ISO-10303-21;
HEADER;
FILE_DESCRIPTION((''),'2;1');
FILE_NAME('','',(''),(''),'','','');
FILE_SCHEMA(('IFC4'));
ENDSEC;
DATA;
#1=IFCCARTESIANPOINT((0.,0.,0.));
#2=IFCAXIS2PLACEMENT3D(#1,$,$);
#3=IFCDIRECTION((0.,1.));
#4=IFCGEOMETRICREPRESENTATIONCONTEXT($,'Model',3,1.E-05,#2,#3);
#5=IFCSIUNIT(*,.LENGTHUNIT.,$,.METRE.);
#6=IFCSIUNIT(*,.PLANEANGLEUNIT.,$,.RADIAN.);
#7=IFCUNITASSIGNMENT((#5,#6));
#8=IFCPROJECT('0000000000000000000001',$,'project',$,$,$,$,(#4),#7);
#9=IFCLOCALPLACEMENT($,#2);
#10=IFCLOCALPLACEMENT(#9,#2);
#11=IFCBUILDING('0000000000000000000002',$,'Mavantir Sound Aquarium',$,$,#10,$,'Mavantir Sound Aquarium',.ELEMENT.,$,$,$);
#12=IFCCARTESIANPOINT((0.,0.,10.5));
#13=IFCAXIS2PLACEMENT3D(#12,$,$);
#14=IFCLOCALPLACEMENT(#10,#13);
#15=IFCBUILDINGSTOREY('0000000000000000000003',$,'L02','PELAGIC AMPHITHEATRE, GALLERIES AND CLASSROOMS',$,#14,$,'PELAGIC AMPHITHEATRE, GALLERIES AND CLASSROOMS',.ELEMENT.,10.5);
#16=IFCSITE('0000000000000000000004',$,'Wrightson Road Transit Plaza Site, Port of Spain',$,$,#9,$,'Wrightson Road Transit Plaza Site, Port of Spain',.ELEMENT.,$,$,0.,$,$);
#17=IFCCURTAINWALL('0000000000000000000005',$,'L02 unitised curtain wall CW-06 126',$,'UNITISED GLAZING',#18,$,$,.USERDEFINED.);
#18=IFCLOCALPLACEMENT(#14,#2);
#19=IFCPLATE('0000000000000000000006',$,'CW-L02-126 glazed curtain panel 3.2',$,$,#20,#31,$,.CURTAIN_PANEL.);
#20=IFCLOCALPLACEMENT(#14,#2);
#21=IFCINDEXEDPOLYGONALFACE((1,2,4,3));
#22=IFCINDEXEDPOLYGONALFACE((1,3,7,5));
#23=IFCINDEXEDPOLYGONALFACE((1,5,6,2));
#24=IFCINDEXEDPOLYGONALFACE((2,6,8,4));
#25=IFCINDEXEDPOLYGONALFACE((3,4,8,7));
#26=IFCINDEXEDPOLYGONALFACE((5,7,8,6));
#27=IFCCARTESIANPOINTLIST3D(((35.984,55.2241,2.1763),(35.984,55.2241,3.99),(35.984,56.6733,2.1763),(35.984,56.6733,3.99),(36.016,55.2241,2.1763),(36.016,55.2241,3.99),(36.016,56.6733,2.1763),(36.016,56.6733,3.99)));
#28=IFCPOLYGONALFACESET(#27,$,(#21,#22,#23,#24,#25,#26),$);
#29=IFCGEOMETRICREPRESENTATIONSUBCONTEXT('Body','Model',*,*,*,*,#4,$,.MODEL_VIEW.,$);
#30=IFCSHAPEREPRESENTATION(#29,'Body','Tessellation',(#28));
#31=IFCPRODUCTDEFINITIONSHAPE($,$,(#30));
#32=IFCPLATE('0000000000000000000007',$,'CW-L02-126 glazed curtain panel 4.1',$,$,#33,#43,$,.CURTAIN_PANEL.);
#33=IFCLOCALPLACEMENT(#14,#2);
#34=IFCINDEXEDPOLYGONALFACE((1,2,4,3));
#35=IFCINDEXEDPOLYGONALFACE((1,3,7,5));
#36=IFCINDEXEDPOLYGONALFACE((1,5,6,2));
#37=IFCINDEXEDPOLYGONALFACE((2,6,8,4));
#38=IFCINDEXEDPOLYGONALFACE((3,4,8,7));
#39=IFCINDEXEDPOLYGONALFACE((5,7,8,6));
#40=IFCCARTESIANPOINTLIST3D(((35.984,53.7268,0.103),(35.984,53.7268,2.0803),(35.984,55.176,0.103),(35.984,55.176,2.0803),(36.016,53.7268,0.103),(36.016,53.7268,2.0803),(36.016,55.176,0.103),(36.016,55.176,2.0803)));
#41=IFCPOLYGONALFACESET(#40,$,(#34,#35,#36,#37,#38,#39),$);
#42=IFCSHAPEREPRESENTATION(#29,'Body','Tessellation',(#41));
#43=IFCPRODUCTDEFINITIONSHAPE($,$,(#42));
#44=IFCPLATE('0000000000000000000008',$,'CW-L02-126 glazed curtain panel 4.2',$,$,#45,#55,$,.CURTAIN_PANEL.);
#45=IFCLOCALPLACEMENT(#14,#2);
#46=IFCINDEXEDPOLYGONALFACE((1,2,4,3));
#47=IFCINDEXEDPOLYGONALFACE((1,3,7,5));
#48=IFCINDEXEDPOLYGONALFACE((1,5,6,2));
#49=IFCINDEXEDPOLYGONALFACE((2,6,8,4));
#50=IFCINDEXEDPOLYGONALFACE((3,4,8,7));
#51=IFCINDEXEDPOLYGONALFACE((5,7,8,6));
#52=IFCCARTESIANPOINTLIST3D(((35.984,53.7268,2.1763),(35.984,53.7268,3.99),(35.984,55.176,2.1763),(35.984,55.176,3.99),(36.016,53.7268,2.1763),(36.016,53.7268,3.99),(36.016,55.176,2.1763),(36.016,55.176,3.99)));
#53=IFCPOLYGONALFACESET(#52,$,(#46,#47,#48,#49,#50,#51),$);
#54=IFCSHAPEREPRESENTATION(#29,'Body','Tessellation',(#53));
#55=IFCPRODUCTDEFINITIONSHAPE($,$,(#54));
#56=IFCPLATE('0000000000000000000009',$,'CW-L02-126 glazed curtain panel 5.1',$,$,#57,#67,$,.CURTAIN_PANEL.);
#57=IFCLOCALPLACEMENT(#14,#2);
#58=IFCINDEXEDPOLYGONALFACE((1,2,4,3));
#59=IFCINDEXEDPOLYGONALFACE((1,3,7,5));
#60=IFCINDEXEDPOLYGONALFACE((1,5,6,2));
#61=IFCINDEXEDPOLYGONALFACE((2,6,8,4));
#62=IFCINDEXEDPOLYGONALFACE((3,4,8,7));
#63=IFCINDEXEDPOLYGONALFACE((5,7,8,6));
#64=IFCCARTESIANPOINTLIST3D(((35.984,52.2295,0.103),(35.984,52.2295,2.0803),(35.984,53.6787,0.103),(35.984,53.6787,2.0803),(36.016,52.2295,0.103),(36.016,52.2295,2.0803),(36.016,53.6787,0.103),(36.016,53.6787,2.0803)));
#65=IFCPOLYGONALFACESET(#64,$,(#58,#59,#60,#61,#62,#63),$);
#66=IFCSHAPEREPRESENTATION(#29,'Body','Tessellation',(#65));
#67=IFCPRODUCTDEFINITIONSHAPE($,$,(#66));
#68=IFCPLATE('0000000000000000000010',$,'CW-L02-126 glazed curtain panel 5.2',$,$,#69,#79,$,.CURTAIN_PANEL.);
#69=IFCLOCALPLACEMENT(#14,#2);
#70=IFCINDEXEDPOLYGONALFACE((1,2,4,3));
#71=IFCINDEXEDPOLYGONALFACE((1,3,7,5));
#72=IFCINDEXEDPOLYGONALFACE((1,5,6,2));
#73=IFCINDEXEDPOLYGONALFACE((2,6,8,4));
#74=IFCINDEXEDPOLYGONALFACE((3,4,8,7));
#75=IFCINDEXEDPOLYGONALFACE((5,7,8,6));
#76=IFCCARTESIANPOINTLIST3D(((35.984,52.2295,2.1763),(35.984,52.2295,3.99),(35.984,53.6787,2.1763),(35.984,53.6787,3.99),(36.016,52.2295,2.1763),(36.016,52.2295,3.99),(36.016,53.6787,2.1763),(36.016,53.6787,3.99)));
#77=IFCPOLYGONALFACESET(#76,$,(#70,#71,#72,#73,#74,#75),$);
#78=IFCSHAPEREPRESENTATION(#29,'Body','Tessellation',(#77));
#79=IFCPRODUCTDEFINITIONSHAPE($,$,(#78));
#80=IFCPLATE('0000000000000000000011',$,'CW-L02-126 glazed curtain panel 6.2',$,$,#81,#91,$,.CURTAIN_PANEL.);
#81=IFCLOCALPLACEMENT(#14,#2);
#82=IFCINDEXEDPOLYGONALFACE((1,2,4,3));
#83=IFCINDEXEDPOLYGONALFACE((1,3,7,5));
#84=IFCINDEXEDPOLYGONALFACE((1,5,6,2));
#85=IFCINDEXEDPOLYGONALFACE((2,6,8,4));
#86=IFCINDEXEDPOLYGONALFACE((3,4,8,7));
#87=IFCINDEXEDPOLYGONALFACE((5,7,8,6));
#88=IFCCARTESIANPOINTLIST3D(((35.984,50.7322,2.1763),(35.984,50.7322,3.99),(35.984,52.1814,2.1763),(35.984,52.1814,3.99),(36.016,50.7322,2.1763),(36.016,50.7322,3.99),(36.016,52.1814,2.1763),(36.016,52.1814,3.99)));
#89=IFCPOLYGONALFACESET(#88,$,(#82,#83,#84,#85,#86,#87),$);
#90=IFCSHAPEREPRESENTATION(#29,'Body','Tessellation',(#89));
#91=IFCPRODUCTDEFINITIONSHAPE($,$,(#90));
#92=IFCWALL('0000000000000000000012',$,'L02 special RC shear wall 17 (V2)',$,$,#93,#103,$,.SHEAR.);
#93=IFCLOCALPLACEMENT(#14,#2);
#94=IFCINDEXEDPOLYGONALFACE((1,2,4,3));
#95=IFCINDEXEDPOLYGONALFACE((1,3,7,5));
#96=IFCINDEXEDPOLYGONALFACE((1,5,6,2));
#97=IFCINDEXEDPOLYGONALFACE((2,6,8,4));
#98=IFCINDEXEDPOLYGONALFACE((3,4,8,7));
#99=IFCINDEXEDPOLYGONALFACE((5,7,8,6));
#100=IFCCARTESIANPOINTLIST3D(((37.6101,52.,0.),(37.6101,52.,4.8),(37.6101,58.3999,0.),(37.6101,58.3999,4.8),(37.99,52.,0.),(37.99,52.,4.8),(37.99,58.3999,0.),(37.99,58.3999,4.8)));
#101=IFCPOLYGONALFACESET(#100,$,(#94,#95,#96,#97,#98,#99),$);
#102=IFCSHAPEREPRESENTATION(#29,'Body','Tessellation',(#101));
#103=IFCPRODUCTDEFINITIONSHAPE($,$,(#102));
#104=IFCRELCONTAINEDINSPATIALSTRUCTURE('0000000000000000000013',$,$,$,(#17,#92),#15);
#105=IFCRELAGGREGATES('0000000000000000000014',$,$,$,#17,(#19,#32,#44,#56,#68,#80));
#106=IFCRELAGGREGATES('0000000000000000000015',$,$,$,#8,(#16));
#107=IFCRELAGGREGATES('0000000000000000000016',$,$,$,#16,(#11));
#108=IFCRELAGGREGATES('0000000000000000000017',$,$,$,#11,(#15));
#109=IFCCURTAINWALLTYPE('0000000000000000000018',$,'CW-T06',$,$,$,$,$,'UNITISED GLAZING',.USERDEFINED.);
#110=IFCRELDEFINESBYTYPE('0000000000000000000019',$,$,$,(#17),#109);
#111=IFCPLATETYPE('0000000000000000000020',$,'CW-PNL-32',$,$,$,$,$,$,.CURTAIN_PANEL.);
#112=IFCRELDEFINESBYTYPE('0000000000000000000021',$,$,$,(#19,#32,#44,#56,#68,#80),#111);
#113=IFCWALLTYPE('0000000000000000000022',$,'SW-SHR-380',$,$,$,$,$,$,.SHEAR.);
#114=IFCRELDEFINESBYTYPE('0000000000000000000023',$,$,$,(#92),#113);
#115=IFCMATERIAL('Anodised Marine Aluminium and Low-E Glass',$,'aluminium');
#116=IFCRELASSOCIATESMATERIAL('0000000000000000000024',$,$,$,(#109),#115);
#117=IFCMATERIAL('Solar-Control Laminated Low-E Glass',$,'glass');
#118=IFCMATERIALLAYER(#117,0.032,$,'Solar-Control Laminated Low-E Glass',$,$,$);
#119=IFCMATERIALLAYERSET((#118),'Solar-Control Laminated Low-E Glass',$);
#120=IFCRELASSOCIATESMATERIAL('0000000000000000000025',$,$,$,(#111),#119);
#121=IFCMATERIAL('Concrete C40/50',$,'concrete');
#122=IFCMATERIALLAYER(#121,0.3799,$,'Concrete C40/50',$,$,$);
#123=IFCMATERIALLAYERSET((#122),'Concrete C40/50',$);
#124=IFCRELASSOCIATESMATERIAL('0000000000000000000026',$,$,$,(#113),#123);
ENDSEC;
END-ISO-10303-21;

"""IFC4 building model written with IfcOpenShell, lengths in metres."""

from ifc_helpers import new_model, si_unit, direction, frame, frame_2d, origin, origin_2d, place, context, subcontext, project, spatial, rectangle, extrude, material, layer, layer_set, type_object, element, aggregate, save


model = new_model("IFC4")

# Units and contexts
model_context = context("Model", 3, precision=1e-05, world=origin(), true_north=direction((0.0, 1.0)))
body_context = subcontext(model_context, "Body", "Model", "MODEL_VIEW")
ifc_project = project(units=[si_unit("LENGTHUNIT", "METRE"), si_unit("PLANEANGLEUNIT", "RADIAN")], contexts=[model_context])

# Site, building, storey
site_placement = place(None, origin())
site = spatial("IfcSite", under=ifc_project, at=site_placement, Name="Wrightson Road Transit Plaza Site, Port of Spain", LongName="Wrightson Road Transit Plaza Site, Port of Spain", CompositionType="ELEMENT", RefElevation=0.0)
building_placement = place(site_placement, origin())
building = spatial("IfcBuilding", under=site, at=building_placement, Name="Mavantir Sound Aquarium", LongName="Mavantir Sound Aquarium", CompositionType="ELEMENT")
storey_placement = place(building_placement, frame((0.0, 0.0, 10.5)))
storey = spatial("IfcBuildingStorey", under=building, at=storey_placement, Name="L02", Description="PELAGIC AMPHITHEATRE, GALLERIES AND CLASSROOMS", LongName="PELAGIC AMPHITHEATRE, GALLERIES AND CLASSROOMS", CompositionType="ELEMENT", Elevation=10.5)

# Curtain wall, plates
ifc_material_1 = material(Name="Anodised Marine Aluminium and Low-E Glass", Category="aluminium")
curtain_wall_type = type_object("IfcCurtainWallType", Name="CW-T06", ElementType="UNITISED GLAZING", PredefinedType="USERDEFINED", material=ifc_material_1)
curtain_wall_placement = place(storey_placement, origin())
curtain_wall = element("IfcCurtainWall", 1, at=curtain_wall_placement, inside=storey, type_object=curtain_wall_type, Name="L02 unitised curtain wall CW-06 126", ObjectType="UNITISED GLAZING", PredefinedType="USERDEFINED")
ifc_material_2 = material(Name="Solar-Control Laminated Low-E Glass", Category="glass")
ifc_layer_1 = layer(ifc_material_2, 0.032, Name="Solar-Control Laminated Low-E Glass")
ifc_layer_set_1 = layer_set([ifc_layer_1], Name="Solar-Control Laminated Low-E Glass")
plate_type = type_object("IfcPlateType", Name="CW-PNL-32", PredefinedType="CURTAIN_PANEL", material=ifc_layer_set_1)
plate_1_placement = place(storey_placement, frame((36.0, 55.9487, 2.1763), z_axis=(0.0, 0.0, 1.0), x_axis=(0.0, -1.0, 0.0)))
plate_1 = element("IfcPlate", 2, at=plate_1_placement, type_object=plate_type, Name="CW-L02-126 glazed curtain panel 3.2", PredefinedType="CURTAIN_PANEL", context=body_context, shape_type="SweptSolid", body=[
    extrude(rectangle(XDim=1.4492, YDim=0.032, at=origin_2d()), origin(), (0.0, 0.0, 1.0), 1.8137),
])
plate_2_placement = place(storey_placement, frame((36.0, 54.4514, 0.103), z_axis=(0.0, 0.0, 1.0), x_axis=(0.0, -1.0, 0.0)))
plate_2 = element("IfcPlate", 3, at=plate_2_placement, type_object=plate_type, Name="CW-L02-126 glazed curtain panel 4.1", PredefinedType="CURTAIN_PANEL", context=body_context, shape_type="SweptSolid", body=[
    extrude(rectangle(XDim=1.4492, YDim=0.032, at=origin_2d()), origin(), (0.0, 0.0, 1.0), 1.9773),
])
plate_3_placement = place(storey_placement, frame((36.0, 54.4514, 2.1763), z_axis=(0.0, 0.0, 1.0), x_axis=(0.0, -1.0, 0.0)))
plate_3 = element("IfcPlate", 4, at=plate_3_placement, type_object=plate_type, Name="CW-L02-126 glazed curtain panel 4.2", PredefinedType="CURTAIN_PANEL", context=body_context, shape_type="SweptSolid", body=[
    extrude(rectangle(XDim=1.4492, YDim=0.032, at=origin_2d()), origin(), (0.0, 0.0, 1.0), 1.8137),
])
plate_4_placement = place(storey_placement, frame((36.0, 52.9541, 0.103), z_axis=(0.0, 0.0, 1.0), x_axis=(0.0, -1.0, 0.0)))
plate_4 = element("IfcPlate", 5, at=plate_4_placement, type_object=plate_type, Name="CW-L02-126 glazed curtain panel 5.1", PredefinedType="CURTAIN_PANEL", context=body_context, shape_type="SweptSolid", body=[
    extrude(rectangle(XDim=1.4492, YDim=0.032, at=origin_2d()), origin(), (0.0, 0.0, 1.0), 1.9773),
])
plate_5_placement = place(storey_placement, frame((36.0, 52.9541, 2.1763), z_axis=(0.0, 0.0, 1.0), x_axis=(0.0, -1.0, 0.0)))
plate_5 = element("IfcPlate", 6, at=plate_5_placement, type_object=plate_type, Name="CW-L02-126 glazed curtain panel 5.2", PredefinedType="CURTAIN_PANEL", context=body_context, shape_type="SweptSolid", body=[
    extrude(rectangle(XDim=1.4492, YDim=0.032, at=origin_2d()), origin(), (0.0, 0.0, 1.0), 1.8137),
])
plate_6_placement = place(storey_placement, frame((36.0, 51.4568, 2.1763), z_axis=(0.0, 0.0, 1.0), x_axis=(0.0, -1.0, 0.0)))
plate_6 = element("IfcPlate", 7, at=plate_6_placement, type_object=plate_type, Name="CW-L02-126 glazed curtain panel 6.2", PredefinedType="CURTAIN_PANEL", context=body_context, shape_type="SweptSolid", body=[
    extrude(rectangle(XDim=1.4492, YDim=0.032, at=origin_2d()), origin(), (0.0, 0.0, 1.0), 1.8137),
])
aggregate(curtain_wall, [plate_1, plate_2, plate_3, plate_4, plate_5, plate_6])

# Wall
ifc_material_3 = material(Name="Concrete C40/50", Category="concrete")
ifc_layer_2 = layer(ifc_material_3, 0.3799, Name="Concrete C40/50")
ifc_layer_set_2 = layer_set([ifc_layer_2], Name="Concrete C40/50")
wall_type = type_object("IfcWallType", Name="SW-SHR-380", PredefinedType="SHEAR", material=ifc_layer_set_2)
wall_placement = place(storey_placement, frame((37.8, 52.0, 0.0), z_axis=(0.0, 0.0, 1.0), x_axis=(0.0, 1.0, 0.0)))
element("IfcWall", 8, at=wall_placement, inside=storey, type_object=wall_type, Name="L02 special RC shear wall 17 (V2)", PredefinedType="SHEAR", context=body_context, shape_type="SweptSolid", body=[
    extrude(rectangle(XDim=6.3999, YDim=0.3799, at=frame_2d((3.2, 0.0))), origin(), (0.0, 0.0, 1.0), 4.8),
])

save(model, "model.ifc")
